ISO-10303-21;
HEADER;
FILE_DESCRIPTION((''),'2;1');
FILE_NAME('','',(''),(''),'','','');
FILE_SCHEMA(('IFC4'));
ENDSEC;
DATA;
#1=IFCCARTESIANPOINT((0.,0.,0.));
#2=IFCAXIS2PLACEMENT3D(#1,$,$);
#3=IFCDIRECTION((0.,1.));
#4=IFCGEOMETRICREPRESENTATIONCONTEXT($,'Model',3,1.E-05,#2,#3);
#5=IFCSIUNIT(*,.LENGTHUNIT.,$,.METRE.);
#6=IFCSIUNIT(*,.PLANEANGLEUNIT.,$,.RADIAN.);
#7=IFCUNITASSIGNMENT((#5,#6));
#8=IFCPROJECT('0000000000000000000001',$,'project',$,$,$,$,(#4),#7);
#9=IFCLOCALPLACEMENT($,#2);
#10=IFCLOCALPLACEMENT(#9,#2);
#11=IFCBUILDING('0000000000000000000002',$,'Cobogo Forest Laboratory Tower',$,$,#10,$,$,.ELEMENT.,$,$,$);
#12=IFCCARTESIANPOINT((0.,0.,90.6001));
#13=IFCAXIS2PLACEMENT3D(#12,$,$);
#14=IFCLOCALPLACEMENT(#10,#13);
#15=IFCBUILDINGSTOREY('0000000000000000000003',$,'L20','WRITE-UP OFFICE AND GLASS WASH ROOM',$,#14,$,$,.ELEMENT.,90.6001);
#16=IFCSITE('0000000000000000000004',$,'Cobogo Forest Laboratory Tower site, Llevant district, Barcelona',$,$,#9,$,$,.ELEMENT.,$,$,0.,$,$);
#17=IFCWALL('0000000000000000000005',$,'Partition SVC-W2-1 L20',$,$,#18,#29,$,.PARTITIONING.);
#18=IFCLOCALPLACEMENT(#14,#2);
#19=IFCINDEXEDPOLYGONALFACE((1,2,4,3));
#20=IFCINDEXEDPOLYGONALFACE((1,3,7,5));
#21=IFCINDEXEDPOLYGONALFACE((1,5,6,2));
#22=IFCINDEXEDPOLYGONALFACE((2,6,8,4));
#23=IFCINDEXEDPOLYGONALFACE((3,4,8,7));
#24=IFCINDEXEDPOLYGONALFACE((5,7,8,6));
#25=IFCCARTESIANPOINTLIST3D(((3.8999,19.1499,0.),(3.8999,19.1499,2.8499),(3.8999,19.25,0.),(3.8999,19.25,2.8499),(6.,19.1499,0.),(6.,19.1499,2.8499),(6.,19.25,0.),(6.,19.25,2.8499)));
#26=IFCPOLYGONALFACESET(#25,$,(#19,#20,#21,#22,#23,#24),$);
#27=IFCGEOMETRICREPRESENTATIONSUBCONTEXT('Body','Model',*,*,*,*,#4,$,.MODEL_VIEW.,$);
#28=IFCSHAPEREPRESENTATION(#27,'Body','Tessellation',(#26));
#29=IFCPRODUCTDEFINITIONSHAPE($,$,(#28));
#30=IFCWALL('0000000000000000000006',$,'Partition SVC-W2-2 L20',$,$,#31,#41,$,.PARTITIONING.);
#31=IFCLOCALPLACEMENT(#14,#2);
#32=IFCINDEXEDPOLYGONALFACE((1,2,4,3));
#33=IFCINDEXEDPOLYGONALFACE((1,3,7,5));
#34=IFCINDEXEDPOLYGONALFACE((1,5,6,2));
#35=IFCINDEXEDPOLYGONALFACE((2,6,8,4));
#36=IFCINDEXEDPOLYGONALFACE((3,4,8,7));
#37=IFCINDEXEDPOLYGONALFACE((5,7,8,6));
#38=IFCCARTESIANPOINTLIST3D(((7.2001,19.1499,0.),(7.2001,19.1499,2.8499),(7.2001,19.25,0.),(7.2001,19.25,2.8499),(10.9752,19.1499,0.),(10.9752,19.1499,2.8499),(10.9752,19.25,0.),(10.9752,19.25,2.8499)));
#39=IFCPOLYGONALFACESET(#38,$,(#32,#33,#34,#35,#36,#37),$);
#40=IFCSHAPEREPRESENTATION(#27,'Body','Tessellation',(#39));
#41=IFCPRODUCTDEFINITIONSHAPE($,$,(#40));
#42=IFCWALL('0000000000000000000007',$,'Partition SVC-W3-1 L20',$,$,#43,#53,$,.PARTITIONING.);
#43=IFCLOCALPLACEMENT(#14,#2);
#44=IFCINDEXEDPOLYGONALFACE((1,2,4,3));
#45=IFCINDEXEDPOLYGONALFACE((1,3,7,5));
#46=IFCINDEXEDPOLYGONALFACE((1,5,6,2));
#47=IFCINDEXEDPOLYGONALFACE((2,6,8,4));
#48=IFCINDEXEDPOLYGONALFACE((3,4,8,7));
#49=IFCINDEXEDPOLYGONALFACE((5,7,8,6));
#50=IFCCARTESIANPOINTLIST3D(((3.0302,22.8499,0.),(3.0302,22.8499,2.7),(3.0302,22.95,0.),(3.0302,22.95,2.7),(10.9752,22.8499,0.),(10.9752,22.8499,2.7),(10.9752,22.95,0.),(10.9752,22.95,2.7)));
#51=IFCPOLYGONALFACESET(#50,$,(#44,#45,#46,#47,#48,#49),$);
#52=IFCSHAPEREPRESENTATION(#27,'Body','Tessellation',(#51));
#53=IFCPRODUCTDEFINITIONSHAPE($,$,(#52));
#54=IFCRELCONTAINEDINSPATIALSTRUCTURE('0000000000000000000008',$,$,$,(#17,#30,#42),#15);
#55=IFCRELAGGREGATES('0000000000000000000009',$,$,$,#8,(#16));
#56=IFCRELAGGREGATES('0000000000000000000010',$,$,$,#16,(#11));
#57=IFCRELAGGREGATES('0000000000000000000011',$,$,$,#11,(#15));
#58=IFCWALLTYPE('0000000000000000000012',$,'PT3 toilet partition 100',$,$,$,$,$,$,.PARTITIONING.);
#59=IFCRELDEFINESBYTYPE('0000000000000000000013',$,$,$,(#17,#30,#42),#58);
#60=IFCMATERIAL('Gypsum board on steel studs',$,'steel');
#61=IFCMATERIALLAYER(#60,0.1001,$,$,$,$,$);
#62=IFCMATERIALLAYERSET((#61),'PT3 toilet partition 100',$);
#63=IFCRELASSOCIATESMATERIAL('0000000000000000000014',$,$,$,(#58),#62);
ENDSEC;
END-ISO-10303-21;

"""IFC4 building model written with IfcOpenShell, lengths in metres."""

from ifc_helpers import new_model, si_unit, direction, frame, frame_2d, origin, place, context, subcontext, project, spatial, rectangle, extrude, material, layer, layer_set, type_object, element, save


model = new_model("IFC4")

# Units and contexts
model_context = context("Model", 3, precision=1e-05, world=origin(), true_north=direction((0.0, 1.0)))
body_context = subcontext(model_context, "Body", "Model", "MODEL_VIEW")
ifc_project = project(units=[si_unit("LENGTHUNIT", "METRE"), si_unit("PLANEANGLEUNIT", "RADIAN")], contexts=[model_context])

# Site, building, storey
site_placement = place(None, origin())
site = spatial("IfcSite", under=ifc_project, at=site_placement, Name="Cobogo Forest Laboratory Tower site, Llevant district, Barcelona", CompositionType="ELEMENT", RefElevation=0.0)
building_placement = place(site_placement, origin())
building = spatial("IfcBuilding", under=site, at=building_placement, Name="Cobogo Forest Laboratory Tower", CompositionType="ELEMENT")
storey_placement = place(building_placement, frame((0.0, 0.0, 90.6001)))
storey = spatial("IfcBuildingStorey", under=building, at=storey_placement, Name="L20", Description="WRITE-UP OFFICE AND GLASS WASH ROOM", CompositionType="ELEMENT", Elevation=90.6001)

# Walls
ifc_material_1 = material(Name="Gypsum board on steel studs", Category="steel")
ifc_layer_1 = layer(ifc_material_1, 0.1001)
ifc_layer_set_1 = layer_set([ifc_layer_1], Name="PT3 toilet partition 100")
wall_type_1 = type_object("IfcWallType", Name="PT3 toilet partition 100", PredefinedType="PARTITIONING", material=ifc_layer_set_1)
wall_1_placement = place(storey_placement, frame((3.8999, 19.2, 0.0), z_axis=(0.0, 0.0, 1.0), x_axis=(1.0, 0.0, 0.0)))
element("IfcWall", 1, at=wall_1_placement, inside=storey, type_object=wall_type_1, Name="Partition SVC-W2-1 L20", PredefinedType="PARTITIONING", context=body_context, shape_type="SweptSolid", body=[
    extrude(rectangle(XDim=2.1001, YDim=0.1001, at=frame_2d((1.05, 0.0))), origin(), (0.0, 0.0, 1.0), 2.8499),
])
wall_2_placement = place(storey_placement, frame((7.2, 19.2, 0.0), z_axis=(0.0, 0.0, 1.0), x_axis=(1.0, 0.0, 0.0)))
element("IfcWall", 2, at=wall_2_placement, inside=storey, type_object=wall_type_1, Name="Partition SVC-W2-2 L20", PredefinedType="PARTITIONING", context=body_context, shape_type="SweptSolid", body=[
    extrude(rectangle(XDim=3.7751, YDim=0.1001, at=frame_2d((1.8877, 0.0))), origin(), (0.0, 0.0, 1.0), 2.8499),
])
wall_3_placement = place(storey_placement, frame((3.03, 22.8999, 0.0), z_axis=(0.0, 0.0, 1.0), x_axis=(1.0, 0.0, 0.0)))
element("IfcWall", 3, at=wall_3_placement, inside=storey, type_object=wall_type_1, Name="Partition SVC-W3-1 L20", PredefinedType="PARTITIONING", context=body_context, shape_type="SweptSolid", body=[
    extrude(rectangle(XDim=7.9451, YDim=0.1001, at=frame_2d((3.9727, 0.0))), origin(), (0.0, 0.0, 1.0), 2.7),
])

save(model, "model.ifc")
